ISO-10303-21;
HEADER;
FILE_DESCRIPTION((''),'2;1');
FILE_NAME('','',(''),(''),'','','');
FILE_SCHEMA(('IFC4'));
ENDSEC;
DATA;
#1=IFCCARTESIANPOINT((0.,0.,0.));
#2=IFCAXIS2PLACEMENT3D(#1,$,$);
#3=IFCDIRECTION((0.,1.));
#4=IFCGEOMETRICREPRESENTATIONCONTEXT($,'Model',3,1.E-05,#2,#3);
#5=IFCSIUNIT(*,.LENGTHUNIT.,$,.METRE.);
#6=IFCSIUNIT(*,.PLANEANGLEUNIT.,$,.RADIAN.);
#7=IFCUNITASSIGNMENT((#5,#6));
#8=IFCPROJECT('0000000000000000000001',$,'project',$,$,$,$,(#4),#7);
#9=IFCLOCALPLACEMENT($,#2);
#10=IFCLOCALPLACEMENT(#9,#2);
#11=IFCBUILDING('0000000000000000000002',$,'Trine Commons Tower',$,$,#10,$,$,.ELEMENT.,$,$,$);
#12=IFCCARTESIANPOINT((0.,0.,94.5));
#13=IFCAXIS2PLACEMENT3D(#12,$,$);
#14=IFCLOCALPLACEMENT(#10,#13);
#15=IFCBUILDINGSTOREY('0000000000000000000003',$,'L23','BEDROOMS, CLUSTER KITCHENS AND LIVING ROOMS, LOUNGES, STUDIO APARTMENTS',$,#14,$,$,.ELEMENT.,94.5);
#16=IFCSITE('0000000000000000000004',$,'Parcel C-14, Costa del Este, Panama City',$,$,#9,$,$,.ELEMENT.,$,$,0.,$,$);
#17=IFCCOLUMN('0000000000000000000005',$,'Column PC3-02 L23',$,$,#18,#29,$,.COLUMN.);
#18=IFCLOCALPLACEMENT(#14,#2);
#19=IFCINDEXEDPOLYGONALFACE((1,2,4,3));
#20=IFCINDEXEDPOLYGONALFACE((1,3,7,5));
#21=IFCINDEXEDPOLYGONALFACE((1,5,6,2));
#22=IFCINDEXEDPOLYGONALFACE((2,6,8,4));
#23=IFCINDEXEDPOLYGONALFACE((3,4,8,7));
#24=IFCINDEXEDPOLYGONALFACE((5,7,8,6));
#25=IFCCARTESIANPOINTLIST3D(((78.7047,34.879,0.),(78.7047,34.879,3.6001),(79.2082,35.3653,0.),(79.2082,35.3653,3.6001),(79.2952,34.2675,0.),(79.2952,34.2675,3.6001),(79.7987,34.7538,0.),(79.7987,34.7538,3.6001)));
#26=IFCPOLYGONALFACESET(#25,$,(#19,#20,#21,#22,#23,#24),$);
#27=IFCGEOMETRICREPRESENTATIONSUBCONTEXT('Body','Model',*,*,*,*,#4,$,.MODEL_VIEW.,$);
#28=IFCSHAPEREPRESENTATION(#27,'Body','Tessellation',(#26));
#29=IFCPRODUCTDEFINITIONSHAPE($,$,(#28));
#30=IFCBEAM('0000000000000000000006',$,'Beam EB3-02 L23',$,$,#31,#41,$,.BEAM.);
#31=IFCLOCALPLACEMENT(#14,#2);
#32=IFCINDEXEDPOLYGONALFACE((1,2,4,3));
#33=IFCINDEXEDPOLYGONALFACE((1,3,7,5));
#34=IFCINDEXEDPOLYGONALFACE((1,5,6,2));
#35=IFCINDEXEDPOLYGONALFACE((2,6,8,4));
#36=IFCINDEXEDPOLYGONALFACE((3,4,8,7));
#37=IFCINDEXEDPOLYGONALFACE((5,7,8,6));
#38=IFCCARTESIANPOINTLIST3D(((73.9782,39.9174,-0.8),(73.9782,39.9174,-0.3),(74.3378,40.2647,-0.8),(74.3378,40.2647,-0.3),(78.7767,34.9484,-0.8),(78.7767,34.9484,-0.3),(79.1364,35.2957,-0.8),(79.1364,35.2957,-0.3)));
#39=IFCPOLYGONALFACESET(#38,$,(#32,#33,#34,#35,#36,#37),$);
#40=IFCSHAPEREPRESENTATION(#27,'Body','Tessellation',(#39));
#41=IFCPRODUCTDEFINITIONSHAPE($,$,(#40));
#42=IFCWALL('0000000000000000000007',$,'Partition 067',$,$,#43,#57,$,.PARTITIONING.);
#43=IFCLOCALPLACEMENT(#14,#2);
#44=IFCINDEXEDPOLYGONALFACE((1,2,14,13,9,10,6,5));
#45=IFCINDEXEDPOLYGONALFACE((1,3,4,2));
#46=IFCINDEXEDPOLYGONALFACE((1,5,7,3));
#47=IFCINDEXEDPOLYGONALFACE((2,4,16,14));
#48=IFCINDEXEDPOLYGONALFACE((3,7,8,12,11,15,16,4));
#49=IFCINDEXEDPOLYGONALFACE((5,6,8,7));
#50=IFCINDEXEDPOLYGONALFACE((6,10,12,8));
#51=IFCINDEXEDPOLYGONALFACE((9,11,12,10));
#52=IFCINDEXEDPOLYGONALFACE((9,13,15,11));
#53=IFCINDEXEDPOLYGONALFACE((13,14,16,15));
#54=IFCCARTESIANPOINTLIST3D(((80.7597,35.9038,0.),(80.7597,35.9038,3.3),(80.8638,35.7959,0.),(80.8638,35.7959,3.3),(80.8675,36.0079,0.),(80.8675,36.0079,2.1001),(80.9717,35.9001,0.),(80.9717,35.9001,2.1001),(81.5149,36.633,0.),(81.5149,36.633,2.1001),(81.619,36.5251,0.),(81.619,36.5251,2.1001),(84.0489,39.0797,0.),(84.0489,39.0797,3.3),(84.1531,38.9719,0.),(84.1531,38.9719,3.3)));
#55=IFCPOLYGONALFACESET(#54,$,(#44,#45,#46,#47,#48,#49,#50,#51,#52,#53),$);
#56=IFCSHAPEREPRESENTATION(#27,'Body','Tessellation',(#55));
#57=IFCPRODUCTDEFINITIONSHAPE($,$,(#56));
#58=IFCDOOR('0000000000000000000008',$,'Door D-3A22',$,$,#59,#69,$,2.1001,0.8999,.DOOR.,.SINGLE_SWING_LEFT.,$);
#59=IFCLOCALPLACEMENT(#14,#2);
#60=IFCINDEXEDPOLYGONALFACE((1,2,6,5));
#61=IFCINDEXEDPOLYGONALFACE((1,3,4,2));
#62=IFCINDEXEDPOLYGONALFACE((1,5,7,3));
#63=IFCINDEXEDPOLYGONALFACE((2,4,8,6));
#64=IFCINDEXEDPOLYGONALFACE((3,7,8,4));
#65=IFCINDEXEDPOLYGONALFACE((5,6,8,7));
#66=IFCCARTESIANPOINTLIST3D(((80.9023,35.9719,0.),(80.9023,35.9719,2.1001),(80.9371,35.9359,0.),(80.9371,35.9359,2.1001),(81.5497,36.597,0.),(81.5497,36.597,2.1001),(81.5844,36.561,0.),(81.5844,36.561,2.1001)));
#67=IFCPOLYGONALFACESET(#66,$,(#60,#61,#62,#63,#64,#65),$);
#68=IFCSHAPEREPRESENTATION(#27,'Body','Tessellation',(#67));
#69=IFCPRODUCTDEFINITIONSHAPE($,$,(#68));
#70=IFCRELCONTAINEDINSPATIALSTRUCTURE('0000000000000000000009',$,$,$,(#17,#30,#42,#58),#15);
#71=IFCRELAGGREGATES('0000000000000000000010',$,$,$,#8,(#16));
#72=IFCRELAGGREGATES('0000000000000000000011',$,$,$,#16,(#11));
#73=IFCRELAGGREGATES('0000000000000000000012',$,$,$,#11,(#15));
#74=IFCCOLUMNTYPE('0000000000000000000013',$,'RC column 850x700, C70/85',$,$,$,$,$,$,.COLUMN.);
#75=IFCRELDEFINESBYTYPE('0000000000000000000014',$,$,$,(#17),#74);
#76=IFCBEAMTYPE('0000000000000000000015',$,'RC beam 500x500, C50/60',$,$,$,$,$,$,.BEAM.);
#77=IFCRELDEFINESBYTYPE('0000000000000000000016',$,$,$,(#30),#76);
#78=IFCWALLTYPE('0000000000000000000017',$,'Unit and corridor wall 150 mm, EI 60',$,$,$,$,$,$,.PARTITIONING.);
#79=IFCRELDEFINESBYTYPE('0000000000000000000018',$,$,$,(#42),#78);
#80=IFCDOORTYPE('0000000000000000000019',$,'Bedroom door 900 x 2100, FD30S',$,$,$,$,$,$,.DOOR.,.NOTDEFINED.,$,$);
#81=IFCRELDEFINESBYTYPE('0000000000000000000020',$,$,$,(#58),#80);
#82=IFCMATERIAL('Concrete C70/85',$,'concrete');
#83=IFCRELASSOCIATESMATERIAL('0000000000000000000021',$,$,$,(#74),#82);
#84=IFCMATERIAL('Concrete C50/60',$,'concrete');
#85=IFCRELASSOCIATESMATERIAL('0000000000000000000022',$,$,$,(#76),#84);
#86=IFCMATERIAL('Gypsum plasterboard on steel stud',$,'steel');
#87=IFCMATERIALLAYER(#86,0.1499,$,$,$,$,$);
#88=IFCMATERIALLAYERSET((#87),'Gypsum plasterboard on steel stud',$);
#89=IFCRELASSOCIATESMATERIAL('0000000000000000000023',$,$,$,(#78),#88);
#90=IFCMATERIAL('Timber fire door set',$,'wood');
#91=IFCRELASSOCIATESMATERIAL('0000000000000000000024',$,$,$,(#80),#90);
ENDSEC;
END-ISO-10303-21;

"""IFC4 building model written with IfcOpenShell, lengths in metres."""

from ifc_helpers import new_model, si_unit, direction, frame, frame_2d, origin, origin_2d, place, context, subcontext, project, spatial, rectangle, extrude, material, layer, layer_set, material_profile, profile_set, type_object, element, fill, save


model = new_model("IFC4")

# Units and contexts
model_context = context("Model", 3, precision=1e-05, world=origin(), true_north=direction((0.0, 1.0)))
body_context = subcontext(model_context, "Body", "Model", "MODEL_VIEW")
ifc_project = project(units=[si_unit("LENGTHUNIT", "METRE"), si_unit("PLANEANGLEUNIT", "RADIAN")], contexts=[model_context])

# Site, building, storey
site_placement = place(None, origin())
site = spatial("IfcSite", under=ifc_project, at=site_placement, Name="Parcel C-14, Costa del Este, Panama City", CompositionType="ELEMENT", RefElevation=0.0)
building_placement = place(site_placement, origin())
building = spatial("IfcBuilding", under=site, at=building_placement, Name="Trine Commons Tower", CompositionType="ELEMENT")
storey_placement = place(building_placement, frame((0.0, 0.0, 94.5)))
storey = spatial("IfcBuildingStorey", under=building, at=storey_placement, Name="L23", Description="BEDROOMS, CLUSTER KITCHENS AND LIVING ROOMS, LOUNGES, STUDIO APARTMENTS", CompositionType="ELEMENT", Elevation=94.5)

# Column
ifc_material_1 = material(Name="Concrete C70/85", Category="concrete")
ifc_material_profile_1 = material_profile(ifc_material_1, rectangle(XDim=0.8501, YDim=0.7, at=origin_2d()), Name="RC 850x700")
ifc_profile_set_1 = profile_set([ifc_material_profile_1], Name="Concrete C70/85")
column_type = type_object("IfcColumnType", Name="RC column 850x700, C70/85", PredefinedType="COLUMN", material=ifc_profile_set_1)
column_placement = place(storey_placement, frame((79.2517, 34.8164, 0.0), z_axis=(0.0, 0.0, 1.0), x_axis=(-0.694658, 0.71934, 0.0)))
element("IfcColumn", 1, at=column_placement, inside=storey, type_object=column_type, Name="Column PC3-02 L23", PredefinedType="COLUMN", context=body_context, shape_type="SweptSolid", body=[
    extrude(rectangle(XDim=0.8501, YDim=0.7, at=origin_2d()), origin(), (0.0, 0.0, 1.0), 3.6001),
])

# Beam
ifc_material_2 = material(Name="Concrete C50/60", Category="concrete")
ifc_material_profile_2 = material_profile(ifc_material_2, rectangle(XDim=0.5, YDim=0.5, at=origin_2d()), Name="RC 500x500")
ifc_profile_set_2 = profile_set([ifc_material_profile_2], Name="Concrete C50/60")
beam_type = type_object("IfcBeamType", Name="RC beam 500x500, C50/60", PredefinedType="BEAM", material=ifc_profile_set_2)
beam_placement = place(storey_placement, frame((78.9565, 35.1221, -0.55), z_axis=(-0.694665, 0.719334, 0.0), x_axis=(-0.719334, -0.694665, 0.0)))
element("IfcBeam", 2, at=beam_placement, inside=storey, type_object=beam_type, Name="Beam EB3-02 L23", PredefinedType="BEAM", context=body_context, shape_type="SweptSolid", body=[
    extrude(rectangle(XDim=0.5, YDim=0.5, at=origin_2d()), origin(), (0.0, 0.0, 1.0), 6.9077),
])

# Wall, opening, door
ifc_material_3 = material(Name="Gypsum plasterboard on steel stud", Category="steel")
ifc_layer_1 = layer(ifc_material_3, 0.1499)
ifc_layer_set_1 = layer_set([ifc_layer_1], Name="Gypsum plasterboard on steel stud")
wall_type_1 = type_object("IfcWallType", Name="Unit and corridor wall 150 mm, EI 60", PredefinedType="PARTITIONING", material=ifc_layer_set_1)
wall_1_placement = place(storey_placement, frame((80.8118, 35.8499, 0.0), z_axis=(0.0, 0.0, 1.0), x_axis=(0.719386, 0.694611, 0.0)))
wall_1 = element("IfcWall", 3, at=wall_1_placement, inside=storey, type_object=wall_type_1, Name="Partition 067", PredefinedType="PARTITIONING", context=body_context, shape_type="SweptSolid", body=[
    extrude(rectangle(XDim=4.5723, YDim=0.1499, at=frame_2d((2.2861, 0.0))), origin(), (0.0, 0.0, 1.0), 3.3),
])
opening_1_placement = place(wall_1_placement, frame((0.1499, 0.0, 0.0)))
opening_1 = element("IfcOpeningElement", 4, at=opening_1_placement, cuts=wall_1, PredefinedType="OPENING", context=body_context, shape_type="SweptSolid", body=[
    extrude(rectangle(XDim=0.8999, YDim=2.1001, at=frame_2d((0.45, 1.05))), frame((0.0, 0.085, 0.0), z_axis=(0.0, -1.0, 0.0), x_axis=(1.0, 0.0, 0.0)), (0.0, 0.0, 1.0), 0.1699),
])
ifc_material_4 = material(Name="Timber fire door set", Category="wood")
door_type_1 = type_object("IfcDoorType", Name="Bedroom door 900 x 2100, FD30S", OperationType="NOTDEFINED", PredefinedType="DOOR", material=ifc_material_4)
door_1_placement = place(opening_1_placement, origin())
door_1 = element("IfcDoor", 5, at=door_1_placement, inside=storey, type_object=door_type_1, Name="Door D-3A22", OperationType="SINGLE_SWING_LEFT", OverallHeight=2.1001, OverallWidth=0.8999, PredefinedType="DOOR", context=body_context, shape_type="SweptSolid", body=[
    extrude(rectangle(XDim=0.8999, YDim=2.1001, at=frame_2d((0.45, 1.05))), frame((0.0, 0.0249, 0.0), z_axis=(0.0, -1.0, 0.0), x_axis=(1.0, 0.0, 0.0)), (0.0, 0.0, 1.0), 0.05),
])
fill(opening_1, door_1)

save(model, "model.ifc")
